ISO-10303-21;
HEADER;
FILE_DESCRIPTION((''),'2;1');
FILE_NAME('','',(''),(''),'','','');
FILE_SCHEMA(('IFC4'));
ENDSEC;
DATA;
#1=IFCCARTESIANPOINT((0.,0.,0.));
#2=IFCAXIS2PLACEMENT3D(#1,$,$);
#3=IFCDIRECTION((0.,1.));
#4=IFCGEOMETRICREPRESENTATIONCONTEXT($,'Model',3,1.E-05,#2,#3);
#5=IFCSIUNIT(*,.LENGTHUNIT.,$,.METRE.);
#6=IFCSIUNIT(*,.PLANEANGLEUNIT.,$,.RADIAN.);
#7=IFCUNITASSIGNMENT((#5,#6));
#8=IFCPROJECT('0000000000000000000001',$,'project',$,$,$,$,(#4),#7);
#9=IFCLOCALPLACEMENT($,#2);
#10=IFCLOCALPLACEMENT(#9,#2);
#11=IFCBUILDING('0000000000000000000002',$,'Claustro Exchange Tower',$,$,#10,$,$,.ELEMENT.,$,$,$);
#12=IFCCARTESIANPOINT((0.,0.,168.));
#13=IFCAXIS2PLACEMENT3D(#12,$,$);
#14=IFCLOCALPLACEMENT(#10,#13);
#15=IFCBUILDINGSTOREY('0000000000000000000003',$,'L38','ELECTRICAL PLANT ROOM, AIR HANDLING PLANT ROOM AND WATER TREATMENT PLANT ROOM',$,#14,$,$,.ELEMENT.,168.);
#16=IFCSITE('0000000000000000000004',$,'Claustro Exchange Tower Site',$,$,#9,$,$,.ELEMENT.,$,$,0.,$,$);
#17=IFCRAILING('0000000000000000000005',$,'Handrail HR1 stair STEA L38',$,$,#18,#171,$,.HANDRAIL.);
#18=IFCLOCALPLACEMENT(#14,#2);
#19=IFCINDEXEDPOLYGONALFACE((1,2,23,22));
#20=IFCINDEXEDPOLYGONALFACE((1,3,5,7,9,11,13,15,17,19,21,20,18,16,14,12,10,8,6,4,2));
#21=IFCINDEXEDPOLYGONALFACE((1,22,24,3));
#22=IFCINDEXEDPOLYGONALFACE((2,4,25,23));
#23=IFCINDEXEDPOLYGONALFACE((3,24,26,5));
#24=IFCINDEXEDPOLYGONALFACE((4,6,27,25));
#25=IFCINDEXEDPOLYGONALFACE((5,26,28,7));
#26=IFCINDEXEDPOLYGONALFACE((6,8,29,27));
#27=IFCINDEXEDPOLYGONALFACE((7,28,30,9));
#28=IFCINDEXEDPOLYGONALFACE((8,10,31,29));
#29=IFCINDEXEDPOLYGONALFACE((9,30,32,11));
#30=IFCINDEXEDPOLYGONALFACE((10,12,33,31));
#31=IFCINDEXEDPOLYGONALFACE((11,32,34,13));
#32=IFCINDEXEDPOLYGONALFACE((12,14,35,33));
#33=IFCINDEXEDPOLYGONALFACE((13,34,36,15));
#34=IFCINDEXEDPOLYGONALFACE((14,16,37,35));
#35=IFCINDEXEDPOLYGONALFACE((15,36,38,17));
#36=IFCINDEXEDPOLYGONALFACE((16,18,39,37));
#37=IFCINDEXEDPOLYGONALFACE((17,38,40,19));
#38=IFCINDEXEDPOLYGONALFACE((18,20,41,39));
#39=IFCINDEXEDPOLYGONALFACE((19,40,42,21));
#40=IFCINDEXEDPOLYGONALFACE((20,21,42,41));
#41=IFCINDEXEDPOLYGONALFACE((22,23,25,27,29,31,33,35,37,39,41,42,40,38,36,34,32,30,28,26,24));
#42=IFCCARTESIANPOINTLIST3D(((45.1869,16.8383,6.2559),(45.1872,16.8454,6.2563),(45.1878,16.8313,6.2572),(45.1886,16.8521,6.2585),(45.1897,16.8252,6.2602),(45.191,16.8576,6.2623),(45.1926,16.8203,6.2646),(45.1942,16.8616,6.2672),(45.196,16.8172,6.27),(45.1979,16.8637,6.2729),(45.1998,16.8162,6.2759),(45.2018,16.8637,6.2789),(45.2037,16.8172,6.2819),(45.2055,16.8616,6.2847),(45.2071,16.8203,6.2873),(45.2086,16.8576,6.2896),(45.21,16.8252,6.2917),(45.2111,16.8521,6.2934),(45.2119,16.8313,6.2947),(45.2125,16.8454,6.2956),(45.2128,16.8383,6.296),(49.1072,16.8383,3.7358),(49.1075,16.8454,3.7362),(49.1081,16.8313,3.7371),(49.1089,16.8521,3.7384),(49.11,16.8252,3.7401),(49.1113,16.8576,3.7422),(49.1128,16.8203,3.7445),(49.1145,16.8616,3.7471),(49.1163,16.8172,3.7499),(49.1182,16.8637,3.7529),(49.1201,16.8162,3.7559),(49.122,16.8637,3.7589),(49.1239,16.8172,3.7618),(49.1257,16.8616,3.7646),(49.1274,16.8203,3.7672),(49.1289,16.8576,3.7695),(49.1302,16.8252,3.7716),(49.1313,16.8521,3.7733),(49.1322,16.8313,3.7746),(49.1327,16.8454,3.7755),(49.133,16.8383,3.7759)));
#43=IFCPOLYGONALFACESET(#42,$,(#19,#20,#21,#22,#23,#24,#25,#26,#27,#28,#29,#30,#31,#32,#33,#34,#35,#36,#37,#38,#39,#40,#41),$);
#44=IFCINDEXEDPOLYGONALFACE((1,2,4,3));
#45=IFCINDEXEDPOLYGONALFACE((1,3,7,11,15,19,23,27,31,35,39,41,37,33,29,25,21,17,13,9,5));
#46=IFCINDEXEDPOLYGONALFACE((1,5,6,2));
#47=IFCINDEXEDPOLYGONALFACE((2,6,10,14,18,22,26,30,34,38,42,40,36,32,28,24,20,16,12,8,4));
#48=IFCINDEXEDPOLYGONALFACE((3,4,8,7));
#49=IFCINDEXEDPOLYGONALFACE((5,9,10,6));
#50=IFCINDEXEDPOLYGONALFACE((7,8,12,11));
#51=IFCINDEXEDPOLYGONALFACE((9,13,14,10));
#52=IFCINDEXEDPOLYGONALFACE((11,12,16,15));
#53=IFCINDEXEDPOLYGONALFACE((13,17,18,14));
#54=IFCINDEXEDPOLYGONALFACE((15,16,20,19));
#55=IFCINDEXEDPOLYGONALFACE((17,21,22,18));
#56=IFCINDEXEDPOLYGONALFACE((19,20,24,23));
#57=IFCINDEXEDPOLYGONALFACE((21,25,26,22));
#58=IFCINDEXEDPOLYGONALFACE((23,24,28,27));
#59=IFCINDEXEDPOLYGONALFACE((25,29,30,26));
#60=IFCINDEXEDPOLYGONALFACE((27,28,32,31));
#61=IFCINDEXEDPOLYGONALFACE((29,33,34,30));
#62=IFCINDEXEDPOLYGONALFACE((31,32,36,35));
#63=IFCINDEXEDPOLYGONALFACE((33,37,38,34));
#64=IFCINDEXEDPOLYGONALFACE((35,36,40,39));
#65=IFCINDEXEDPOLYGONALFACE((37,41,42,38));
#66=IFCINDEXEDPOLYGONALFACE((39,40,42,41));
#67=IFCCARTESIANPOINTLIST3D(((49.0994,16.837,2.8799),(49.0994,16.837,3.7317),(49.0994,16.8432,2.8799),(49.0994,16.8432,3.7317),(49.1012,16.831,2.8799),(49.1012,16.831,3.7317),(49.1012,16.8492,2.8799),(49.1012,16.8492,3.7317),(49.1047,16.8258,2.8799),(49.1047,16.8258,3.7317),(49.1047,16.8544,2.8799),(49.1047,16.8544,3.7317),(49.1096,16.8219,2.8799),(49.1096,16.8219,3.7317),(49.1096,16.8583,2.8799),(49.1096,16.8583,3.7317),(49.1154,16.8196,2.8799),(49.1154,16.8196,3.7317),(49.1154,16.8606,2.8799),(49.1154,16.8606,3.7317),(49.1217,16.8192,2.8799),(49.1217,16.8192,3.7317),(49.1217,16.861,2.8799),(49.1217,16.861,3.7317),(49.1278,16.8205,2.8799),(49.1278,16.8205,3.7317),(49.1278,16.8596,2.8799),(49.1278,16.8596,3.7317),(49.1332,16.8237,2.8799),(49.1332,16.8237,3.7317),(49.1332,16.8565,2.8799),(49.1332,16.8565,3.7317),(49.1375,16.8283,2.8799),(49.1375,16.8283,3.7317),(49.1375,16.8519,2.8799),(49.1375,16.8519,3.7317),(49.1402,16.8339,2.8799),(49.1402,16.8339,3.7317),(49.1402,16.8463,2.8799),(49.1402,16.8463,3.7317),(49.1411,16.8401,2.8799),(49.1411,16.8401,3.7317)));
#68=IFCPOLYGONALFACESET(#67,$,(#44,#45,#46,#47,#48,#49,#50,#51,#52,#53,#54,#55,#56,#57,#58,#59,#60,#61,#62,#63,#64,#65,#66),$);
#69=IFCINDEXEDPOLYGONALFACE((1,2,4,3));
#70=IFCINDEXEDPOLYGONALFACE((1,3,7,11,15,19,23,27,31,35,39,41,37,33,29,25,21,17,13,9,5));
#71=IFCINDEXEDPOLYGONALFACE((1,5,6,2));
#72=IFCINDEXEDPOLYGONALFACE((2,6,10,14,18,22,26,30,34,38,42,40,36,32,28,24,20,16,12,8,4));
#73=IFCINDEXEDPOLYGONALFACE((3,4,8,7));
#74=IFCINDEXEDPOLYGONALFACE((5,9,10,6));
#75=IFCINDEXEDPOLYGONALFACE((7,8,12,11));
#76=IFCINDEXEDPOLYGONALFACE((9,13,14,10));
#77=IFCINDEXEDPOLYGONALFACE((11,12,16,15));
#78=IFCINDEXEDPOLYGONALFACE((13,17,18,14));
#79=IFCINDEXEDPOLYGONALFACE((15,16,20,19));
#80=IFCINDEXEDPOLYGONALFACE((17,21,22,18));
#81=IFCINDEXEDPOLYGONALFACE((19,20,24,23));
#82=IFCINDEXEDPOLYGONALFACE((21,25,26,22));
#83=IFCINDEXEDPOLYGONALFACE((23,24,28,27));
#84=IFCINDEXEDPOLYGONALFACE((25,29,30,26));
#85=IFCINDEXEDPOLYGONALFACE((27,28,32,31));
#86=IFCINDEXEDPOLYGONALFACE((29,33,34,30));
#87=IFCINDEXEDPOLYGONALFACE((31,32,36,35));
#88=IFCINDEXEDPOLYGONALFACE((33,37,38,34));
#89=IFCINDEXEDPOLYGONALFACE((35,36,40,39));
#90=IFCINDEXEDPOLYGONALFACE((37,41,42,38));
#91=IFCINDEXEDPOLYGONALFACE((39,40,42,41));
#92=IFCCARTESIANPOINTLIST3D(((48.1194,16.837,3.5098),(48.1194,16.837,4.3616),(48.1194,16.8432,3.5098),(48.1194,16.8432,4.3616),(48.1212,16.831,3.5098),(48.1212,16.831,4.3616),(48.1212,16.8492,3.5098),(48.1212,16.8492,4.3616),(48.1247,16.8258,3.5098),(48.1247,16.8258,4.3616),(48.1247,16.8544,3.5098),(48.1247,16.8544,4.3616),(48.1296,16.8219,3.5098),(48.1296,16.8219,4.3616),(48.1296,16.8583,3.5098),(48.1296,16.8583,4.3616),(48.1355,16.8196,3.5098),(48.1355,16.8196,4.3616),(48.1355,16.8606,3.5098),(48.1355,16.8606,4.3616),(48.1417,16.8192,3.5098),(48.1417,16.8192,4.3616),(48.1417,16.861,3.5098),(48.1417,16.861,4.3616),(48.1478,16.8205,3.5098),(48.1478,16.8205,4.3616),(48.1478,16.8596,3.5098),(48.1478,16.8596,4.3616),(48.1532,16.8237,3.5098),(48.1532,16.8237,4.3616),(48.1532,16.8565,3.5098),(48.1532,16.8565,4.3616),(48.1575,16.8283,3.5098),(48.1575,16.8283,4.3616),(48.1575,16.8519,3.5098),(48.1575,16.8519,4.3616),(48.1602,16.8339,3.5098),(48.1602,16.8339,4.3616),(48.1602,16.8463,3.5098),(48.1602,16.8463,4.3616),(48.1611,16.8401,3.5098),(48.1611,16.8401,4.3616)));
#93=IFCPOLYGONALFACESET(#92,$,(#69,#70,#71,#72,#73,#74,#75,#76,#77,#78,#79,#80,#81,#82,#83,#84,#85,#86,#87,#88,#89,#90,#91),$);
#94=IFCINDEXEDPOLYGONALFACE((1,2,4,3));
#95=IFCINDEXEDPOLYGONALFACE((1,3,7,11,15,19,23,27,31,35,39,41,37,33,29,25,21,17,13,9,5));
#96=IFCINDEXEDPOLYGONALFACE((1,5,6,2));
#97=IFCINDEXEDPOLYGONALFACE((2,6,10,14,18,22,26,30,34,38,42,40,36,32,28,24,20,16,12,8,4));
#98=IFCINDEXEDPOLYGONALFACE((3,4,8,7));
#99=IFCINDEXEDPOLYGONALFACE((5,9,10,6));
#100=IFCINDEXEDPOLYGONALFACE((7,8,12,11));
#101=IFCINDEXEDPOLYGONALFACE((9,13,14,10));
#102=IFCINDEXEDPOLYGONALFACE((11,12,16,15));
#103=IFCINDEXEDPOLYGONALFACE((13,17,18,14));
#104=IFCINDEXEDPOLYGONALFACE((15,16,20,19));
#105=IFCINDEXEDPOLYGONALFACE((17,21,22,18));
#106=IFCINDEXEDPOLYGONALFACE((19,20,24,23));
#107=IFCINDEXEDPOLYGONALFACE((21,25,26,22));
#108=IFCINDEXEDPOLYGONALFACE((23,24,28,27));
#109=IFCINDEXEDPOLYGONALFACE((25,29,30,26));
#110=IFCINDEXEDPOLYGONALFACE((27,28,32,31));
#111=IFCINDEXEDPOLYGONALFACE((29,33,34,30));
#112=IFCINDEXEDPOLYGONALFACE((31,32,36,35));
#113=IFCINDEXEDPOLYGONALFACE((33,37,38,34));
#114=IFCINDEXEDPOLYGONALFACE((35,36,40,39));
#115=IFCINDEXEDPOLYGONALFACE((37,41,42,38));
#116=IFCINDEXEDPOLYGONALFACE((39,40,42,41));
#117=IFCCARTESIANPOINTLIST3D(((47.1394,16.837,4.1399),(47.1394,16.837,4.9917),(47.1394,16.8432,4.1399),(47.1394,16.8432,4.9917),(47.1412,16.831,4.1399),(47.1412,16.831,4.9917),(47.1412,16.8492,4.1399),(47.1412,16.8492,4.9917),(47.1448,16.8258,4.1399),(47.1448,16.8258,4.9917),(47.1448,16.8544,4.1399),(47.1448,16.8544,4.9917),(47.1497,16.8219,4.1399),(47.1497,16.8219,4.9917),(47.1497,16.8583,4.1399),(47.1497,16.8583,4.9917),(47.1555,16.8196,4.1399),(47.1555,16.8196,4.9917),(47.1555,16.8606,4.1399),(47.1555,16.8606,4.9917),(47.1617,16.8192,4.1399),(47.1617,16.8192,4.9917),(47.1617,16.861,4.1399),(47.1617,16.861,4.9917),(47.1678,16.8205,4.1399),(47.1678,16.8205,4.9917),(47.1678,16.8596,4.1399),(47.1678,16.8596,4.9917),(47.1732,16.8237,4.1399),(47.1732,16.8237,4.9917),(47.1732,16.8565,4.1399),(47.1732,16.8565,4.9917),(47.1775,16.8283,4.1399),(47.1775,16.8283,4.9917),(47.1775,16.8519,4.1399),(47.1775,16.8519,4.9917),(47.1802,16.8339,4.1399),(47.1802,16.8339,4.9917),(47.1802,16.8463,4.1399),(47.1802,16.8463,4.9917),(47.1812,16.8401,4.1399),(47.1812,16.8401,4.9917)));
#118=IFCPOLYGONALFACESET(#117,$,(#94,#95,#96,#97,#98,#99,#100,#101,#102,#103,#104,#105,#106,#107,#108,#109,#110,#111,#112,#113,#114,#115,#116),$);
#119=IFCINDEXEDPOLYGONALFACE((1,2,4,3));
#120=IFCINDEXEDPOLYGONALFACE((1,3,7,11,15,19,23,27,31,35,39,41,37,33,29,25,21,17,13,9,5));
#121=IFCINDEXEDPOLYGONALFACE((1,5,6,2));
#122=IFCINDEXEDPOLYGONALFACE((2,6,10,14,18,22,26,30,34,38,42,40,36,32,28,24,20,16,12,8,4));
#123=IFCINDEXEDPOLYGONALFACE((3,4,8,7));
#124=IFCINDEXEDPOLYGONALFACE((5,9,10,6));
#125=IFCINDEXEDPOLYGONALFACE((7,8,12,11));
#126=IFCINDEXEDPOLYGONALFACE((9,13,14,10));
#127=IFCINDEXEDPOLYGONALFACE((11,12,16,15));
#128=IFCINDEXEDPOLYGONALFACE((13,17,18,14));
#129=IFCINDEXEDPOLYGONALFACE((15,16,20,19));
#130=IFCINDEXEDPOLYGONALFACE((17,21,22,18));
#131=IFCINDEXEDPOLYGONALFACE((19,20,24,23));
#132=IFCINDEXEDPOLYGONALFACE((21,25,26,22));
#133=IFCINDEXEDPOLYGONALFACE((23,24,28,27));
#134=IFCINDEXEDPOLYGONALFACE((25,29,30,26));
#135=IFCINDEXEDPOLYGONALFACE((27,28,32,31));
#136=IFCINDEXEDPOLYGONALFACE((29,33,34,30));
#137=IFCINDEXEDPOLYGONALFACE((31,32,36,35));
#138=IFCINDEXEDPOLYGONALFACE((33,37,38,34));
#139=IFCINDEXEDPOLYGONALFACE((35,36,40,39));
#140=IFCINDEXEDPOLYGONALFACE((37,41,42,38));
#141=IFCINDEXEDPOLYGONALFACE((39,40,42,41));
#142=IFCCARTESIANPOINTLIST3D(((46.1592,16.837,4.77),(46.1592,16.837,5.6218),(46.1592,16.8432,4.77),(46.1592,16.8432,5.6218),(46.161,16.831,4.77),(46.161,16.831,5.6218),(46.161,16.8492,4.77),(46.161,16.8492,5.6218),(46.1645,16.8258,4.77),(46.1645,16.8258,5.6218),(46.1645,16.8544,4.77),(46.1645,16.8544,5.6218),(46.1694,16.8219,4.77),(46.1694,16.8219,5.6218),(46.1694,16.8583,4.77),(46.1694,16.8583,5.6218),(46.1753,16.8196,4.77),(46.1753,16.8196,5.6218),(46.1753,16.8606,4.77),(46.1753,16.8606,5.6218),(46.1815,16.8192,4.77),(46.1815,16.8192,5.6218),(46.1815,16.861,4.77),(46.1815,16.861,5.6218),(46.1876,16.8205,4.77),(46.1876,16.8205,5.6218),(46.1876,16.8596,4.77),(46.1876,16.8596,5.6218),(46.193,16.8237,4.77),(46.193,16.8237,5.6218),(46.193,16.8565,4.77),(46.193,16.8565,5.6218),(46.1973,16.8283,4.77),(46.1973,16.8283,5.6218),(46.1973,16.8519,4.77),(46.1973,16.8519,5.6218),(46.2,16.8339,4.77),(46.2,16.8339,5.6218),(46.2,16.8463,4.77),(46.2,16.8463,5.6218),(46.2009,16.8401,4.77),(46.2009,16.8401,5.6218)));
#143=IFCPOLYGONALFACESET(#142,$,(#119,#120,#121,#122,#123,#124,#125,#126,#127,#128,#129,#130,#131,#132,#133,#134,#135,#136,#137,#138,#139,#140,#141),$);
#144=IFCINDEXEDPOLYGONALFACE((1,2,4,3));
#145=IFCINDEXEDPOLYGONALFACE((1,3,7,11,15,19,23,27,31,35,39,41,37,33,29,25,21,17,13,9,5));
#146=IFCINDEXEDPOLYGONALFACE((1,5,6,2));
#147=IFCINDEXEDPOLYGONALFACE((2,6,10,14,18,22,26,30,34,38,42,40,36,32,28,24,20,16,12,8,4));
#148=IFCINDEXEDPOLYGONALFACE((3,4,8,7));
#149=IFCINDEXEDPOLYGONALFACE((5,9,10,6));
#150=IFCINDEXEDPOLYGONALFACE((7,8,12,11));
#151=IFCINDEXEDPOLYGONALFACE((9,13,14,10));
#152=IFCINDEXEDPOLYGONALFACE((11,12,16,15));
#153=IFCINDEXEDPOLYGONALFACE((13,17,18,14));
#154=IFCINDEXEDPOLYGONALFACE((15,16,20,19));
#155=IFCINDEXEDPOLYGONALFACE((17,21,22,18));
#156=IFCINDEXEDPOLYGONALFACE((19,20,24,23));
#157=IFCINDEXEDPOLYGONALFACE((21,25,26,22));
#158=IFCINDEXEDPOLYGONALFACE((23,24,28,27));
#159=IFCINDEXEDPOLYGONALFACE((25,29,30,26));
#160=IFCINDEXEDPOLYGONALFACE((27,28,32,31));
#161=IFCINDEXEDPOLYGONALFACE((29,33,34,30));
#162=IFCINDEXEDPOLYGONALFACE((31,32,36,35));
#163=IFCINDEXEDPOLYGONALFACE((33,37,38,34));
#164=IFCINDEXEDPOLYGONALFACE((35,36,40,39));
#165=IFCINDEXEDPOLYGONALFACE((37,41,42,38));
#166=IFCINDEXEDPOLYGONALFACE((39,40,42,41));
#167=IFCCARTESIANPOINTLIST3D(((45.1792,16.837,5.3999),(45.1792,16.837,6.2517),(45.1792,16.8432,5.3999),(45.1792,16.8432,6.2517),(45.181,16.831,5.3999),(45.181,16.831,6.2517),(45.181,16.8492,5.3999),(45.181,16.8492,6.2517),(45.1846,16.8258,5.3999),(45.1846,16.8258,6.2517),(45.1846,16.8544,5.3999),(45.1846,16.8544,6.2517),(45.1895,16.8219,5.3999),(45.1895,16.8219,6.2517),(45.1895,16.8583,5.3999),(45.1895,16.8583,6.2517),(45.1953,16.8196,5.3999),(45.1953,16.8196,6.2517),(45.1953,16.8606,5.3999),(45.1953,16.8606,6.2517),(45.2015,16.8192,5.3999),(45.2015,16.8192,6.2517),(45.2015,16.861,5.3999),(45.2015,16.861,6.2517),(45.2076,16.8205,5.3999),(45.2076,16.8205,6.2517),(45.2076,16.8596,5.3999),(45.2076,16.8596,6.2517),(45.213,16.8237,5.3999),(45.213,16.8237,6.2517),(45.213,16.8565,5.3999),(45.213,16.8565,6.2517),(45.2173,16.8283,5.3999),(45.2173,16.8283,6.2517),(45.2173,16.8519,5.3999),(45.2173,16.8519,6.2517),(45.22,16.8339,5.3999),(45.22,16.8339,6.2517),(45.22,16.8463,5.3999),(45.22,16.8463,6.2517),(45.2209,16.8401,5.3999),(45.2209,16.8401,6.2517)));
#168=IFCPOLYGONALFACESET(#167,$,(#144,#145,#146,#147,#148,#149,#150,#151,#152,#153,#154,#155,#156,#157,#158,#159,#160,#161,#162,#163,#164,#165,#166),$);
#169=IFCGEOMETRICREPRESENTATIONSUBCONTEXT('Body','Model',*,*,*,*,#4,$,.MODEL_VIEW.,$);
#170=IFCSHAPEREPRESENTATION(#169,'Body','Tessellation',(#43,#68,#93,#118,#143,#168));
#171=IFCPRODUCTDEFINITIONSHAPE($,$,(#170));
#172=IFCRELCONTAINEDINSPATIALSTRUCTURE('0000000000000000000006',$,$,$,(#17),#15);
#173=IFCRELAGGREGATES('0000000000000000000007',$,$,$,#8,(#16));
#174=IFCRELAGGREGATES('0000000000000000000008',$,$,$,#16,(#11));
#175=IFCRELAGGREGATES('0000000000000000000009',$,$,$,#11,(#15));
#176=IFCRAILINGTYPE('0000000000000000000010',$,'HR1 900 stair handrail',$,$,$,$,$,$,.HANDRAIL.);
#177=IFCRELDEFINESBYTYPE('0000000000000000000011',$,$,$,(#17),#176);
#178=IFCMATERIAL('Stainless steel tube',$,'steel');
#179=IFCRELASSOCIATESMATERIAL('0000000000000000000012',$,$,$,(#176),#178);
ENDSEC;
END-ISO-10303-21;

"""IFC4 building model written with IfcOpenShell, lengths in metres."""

from ifc_helpers import new_model, si_unit, direction, frame, origin, origin_2d, place, context, subcontext, project, spatial, circle, extrude, material, type_object, element, save


model = new_model("IFC4")

# Units and contexts
model_context = context("Model", 3, precision=1e-05, world=origin(), true_north=direction((0.0, 1.0)))
body_context = subcontext(model_context, "Body", "Model", "MODEL_VIEW")
ifc_project = project(units=[si_unit("LENGTHUNIT", "METRE"), si_unit("PLANEANGLEUNIT", "RADIAN")], contexts=[model_context])

# Site, building, storey
site_placement = place(None, origin())
site = spatial("IfcSite", under=ifc_project, at=site_placement, Name="Claustro Exchange Tower Site", CompositionType="ELEMENT", RefElevation=0.0)
building_placement = place(site_placement, origin())
building = spatial("IfcBuilding", under=site, at=building_placement, Name="Claustro Exchange Tower", CompositionType="ELEMENT")
storey_placement = place(building_placement, frame((0.0, 0.0, 168.0)))
storey = spatial("IfcBuildingStorey", under=building, at=storey_placement, Name="L38", Description="ELECTRICAL PLANT ROOM, AIR HANDLING PLANT ROOM AND WATER TREATMENT PLANT ROOM", CompositionType="ELEMENT", Elevation=168.0)

# Railing
ifc_material_1 = material(Name="Stainless steel tube", Category="steel")
railing_type = type_object("IfcRailingType", Name="HR1 900 stair handrail", PredefinedType="HANDRAIL", material=ifc_material_1)
railing_placement = place(storey_placement, frame((49.1201, 16.8401, 2.8799)))
element("IfcRailing", 1, at=railing_placement, inside=storey, type_object=railing_type, Name="Handrail HR1 stair STEA L38", PredefinedType="HANDRAIL", context=body_context, shape_type="SweptSolid", body=[
    extrude(circle(Radius=0.0239, at=origin_2d()), frame((0.0, 0.0, 0.876), z_axis=(-0.841187, 0.0, 0.540744), x_axis=(0.0, -1.0, 0.0)), (0.0, 0.0, 1.0), 4.6604),
    extrude(circle(Radius=0.021, at=origin_2d()), origin(), (0.0, 0.0, 1.0), 0.8518),
    extrude(circle(Radius=0.021, at=origin_2d()), frame((-0.98, 0.0, 0.6299)), (0.0, 0.0, 1.0), 0.8518),
    extrude(circle(Radius=0.021, at=origin_2d()), frame((-1.96, 0.0, 1.26)), (0.0, 0.0, 1.0), 0.8518),
    extrude(circle(Radius=0.021, at=origin_2d()), frame((-2.9402, 0.0, 1.8901)), (0.0, 0.0, 1.0), 0.8518),
    extrude(circle(Radius=0.021, at=origin_2d()), frame((-3.9202, 0.0, 2.52)), (0.0, 0.0, 1.0), 0.8518),
])

save(model, "model.ifc")
